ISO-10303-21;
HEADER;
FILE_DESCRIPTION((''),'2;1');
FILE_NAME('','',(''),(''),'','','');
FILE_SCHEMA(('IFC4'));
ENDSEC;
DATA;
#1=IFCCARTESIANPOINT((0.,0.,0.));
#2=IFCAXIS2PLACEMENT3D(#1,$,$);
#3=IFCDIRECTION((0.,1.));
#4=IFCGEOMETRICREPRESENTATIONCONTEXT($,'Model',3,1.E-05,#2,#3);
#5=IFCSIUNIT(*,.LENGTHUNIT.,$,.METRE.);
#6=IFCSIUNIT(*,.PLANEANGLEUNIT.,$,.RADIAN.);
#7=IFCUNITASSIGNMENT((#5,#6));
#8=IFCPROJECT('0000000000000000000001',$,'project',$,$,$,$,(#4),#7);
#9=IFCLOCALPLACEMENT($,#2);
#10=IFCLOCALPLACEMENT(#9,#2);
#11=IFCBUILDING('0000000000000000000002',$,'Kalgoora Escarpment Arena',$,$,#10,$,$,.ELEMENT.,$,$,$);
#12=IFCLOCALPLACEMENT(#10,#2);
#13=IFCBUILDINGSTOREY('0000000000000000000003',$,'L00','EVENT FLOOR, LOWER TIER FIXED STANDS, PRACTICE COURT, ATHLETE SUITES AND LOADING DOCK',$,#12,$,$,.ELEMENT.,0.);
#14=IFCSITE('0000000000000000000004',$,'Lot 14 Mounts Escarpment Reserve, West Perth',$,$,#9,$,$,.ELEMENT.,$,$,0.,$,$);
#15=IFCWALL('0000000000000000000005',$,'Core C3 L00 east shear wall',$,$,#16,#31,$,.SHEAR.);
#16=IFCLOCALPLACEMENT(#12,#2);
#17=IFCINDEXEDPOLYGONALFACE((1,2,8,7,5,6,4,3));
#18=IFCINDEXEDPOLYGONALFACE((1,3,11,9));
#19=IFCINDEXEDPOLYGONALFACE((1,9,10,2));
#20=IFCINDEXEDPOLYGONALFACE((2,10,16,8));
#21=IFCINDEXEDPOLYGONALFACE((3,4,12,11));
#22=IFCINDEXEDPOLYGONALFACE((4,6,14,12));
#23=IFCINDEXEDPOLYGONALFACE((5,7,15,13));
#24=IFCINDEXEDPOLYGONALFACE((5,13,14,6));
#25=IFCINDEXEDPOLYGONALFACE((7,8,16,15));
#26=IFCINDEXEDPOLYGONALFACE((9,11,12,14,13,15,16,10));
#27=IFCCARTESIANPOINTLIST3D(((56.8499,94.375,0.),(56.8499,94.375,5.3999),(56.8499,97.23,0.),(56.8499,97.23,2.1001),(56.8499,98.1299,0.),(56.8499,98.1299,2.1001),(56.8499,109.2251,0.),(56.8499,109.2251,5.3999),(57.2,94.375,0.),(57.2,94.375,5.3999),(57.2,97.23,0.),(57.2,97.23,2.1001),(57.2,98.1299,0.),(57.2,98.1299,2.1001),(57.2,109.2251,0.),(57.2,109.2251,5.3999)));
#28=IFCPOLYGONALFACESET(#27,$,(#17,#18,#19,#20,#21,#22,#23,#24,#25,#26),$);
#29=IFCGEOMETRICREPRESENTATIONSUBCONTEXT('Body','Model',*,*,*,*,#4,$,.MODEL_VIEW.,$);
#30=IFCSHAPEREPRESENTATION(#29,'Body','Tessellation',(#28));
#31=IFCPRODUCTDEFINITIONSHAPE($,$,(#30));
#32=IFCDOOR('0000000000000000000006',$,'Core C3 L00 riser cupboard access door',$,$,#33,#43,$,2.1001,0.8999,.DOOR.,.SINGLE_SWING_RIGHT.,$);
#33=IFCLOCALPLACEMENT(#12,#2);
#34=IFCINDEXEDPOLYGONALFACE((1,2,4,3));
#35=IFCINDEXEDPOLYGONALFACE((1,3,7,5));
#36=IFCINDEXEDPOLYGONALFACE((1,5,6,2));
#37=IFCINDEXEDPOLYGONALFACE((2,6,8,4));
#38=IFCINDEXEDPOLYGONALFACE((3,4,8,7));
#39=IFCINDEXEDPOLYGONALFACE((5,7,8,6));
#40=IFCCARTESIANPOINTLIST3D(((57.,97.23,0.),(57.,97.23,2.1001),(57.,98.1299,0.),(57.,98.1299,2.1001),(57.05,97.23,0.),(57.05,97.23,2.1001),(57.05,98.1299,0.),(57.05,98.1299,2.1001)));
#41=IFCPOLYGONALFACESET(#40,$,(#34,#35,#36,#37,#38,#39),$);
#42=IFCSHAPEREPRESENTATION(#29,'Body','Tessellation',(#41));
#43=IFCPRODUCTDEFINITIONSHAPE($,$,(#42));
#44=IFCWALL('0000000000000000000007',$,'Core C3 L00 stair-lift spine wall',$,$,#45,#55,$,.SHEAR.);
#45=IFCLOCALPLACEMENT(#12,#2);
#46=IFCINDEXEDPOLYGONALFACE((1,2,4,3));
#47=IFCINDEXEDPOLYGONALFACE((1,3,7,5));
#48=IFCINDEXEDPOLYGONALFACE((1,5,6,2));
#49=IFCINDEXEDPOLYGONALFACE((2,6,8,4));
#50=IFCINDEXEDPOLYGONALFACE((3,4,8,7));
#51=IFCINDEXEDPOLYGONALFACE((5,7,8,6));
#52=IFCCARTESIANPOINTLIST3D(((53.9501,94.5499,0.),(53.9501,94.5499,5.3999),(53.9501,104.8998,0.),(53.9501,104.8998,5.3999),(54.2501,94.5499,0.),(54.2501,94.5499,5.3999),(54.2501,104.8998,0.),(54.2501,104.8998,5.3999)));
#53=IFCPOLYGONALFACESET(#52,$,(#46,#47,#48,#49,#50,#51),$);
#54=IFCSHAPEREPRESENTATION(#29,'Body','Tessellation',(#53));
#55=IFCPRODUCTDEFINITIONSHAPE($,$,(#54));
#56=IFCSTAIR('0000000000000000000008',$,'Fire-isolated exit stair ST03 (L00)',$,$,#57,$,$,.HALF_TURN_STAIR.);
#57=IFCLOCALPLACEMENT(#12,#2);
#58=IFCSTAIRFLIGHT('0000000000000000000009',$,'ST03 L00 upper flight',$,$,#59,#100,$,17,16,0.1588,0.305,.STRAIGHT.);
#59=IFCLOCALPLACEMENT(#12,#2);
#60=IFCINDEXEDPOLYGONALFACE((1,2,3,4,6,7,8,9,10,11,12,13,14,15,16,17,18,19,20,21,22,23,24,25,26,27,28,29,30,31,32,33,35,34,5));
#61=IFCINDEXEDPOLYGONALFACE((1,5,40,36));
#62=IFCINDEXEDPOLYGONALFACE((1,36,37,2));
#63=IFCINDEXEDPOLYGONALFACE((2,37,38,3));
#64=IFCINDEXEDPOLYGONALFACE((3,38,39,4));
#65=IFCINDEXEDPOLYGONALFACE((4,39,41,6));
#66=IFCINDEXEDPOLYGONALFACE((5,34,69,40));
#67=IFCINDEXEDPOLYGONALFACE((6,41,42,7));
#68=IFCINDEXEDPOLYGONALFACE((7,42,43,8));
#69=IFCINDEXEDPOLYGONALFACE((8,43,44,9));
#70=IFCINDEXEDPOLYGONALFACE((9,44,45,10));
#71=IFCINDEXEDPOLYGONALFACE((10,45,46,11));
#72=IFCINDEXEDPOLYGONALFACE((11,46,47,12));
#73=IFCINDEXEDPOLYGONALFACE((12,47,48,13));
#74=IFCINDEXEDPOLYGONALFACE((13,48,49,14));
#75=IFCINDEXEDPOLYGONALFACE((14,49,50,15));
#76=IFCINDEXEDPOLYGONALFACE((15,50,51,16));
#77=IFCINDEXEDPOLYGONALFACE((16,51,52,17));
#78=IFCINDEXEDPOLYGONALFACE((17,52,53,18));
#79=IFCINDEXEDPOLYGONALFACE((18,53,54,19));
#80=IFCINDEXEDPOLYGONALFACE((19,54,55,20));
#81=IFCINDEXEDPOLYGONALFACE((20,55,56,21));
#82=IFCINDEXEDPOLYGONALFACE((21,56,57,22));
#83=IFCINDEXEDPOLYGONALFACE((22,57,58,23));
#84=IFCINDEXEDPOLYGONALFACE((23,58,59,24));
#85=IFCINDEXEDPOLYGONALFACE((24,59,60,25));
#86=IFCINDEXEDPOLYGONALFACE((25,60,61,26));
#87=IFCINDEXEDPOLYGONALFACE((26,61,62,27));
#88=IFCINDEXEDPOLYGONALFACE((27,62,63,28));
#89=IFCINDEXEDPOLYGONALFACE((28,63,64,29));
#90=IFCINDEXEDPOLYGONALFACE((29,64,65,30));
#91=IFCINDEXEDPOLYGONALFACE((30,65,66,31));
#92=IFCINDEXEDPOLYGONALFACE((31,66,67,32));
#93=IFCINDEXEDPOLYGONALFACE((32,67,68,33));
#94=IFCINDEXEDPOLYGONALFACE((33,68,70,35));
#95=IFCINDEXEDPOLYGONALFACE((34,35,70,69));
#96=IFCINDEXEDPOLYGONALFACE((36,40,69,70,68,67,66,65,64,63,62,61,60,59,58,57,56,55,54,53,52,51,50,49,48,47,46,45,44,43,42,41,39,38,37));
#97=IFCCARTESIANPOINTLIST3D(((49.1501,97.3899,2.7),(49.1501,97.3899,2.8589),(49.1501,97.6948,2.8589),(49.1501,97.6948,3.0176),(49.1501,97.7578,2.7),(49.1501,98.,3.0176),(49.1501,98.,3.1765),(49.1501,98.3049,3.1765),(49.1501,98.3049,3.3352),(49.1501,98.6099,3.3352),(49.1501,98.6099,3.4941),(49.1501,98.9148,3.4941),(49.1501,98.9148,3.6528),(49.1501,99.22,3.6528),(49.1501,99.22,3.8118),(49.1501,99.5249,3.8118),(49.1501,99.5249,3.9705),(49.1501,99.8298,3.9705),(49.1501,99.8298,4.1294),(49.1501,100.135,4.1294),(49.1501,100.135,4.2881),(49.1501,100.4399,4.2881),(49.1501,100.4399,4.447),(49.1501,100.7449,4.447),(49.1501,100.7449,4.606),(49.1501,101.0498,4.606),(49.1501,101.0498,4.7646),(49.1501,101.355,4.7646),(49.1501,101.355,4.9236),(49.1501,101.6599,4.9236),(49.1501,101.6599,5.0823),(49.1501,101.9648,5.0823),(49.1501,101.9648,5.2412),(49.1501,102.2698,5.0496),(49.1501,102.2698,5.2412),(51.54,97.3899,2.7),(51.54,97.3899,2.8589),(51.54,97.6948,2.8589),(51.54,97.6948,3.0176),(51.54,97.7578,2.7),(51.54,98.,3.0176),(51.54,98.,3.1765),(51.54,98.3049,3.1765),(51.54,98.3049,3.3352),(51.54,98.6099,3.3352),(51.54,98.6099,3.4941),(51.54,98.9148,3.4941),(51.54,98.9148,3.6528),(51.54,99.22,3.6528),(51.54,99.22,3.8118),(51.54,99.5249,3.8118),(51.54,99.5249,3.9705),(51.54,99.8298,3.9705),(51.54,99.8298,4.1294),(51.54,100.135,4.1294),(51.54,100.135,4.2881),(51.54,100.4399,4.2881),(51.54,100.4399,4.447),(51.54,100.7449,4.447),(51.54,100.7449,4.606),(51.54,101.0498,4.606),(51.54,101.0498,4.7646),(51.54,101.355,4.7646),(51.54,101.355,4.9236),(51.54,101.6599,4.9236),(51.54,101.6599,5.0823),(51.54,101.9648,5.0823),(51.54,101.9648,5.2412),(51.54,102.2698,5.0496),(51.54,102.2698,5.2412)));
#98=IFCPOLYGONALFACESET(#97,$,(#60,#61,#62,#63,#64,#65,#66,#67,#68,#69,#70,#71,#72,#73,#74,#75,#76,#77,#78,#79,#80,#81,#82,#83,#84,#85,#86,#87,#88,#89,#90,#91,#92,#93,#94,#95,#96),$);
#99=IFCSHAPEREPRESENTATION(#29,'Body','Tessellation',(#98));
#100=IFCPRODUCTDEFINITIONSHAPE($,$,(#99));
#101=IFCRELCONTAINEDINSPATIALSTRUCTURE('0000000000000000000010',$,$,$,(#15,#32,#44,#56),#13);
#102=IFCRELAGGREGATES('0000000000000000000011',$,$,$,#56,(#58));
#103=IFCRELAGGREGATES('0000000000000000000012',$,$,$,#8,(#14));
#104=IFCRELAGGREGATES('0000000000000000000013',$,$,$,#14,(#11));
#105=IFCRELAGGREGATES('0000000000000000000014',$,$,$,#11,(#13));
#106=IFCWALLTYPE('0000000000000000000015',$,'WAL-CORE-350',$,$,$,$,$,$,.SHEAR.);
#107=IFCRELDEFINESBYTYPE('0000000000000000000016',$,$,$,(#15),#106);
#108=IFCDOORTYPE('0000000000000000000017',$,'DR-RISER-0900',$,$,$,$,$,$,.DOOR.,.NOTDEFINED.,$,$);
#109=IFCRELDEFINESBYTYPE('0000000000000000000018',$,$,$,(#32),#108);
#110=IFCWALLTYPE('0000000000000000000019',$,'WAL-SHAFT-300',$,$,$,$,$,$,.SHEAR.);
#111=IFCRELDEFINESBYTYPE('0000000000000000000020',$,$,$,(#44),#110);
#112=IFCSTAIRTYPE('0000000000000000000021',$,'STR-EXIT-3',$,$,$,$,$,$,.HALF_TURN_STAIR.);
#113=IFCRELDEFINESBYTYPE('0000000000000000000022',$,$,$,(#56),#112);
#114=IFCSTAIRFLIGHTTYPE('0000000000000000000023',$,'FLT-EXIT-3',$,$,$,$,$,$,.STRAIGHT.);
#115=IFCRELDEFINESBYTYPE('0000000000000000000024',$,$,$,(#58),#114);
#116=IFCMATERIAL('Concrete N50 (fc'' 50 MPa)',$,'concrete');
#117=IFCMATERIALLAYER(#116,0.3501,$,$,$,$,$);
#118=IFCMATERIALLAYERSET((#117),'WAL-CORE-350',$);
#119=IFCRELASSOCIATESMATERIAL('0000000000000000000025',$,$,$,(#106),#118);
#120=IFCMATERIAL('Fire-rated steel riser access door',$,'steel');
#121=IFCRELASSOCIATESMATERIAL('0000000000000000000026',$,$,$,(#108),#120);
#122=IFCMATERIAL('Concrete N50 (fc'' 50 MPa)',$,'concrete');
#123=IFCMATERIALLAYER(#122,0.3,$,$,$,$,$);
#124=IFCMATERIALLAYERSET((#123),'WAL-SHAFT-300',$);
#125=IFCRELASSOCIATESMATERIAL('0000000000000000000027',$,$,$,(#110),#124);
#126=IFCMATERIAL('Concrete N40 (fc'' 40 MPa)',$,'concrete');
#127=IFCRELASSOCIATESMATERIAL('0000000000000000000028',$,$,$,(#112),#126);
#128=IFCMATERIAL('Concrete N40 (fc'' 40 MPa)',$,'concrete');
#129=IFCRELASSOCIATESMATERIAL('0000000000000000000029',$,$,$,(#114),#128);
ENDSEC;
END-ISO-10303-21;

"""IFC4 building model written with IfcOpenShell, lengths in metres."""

from ifc_helpers import new_model, si_unit, direction, frame, frame_2d, origin, place, context, subcontext, project, spatial, polyline, rectangle, outline, extrude, material, layer, layer_set, type_object, element, fill, aggregate, save


model = new_model("IFC4")

# Units and contexts
model_context = context("Model", 3, precision=1e-05, world=origin(), true_north=direction((0.0, 1.0)))
body_context = subcontext(model_context, "Body", "Model", "MODEL_VIEW")
ifc_project = project(units=[si_unit("LENGTHUNIT", "METRE"), si_unit("PLANEANGLEUNIT", "RADIAN")], contexts=[model_context])

# Site, building, storey
site_placement = place(None, origin())
site = spatial("IfcSite", under=ifc_project, at=site_placement, Name="Lot 14 Mounts Escarpment Reserve, West Perth", CompositionType="ELEMENT", RefElevation=0.0)
building_placement = place(site_placement, origin())
building = spatial("IfcBuilding", under=site, at=building_placement, Name="Kalgoora Escarpment Arena", CompositionType="ELEMENT")
storey_placement = place(building_placement, origin())
storey = spatial("IfcBuildingStorey", under=building, at=storey_placement, Name="L00", Description="EVENT FLOOR, LOWER TIER FIXED STANDS, PRACTICE COURT, ATHLETE SUITES AND LOADING DOCK", CompositionType="ELEMENT", Elevation=0.0)

# Shared definitions
ifc_material_1 = material(Name="Concrete N50 (fc' 50 MPa)", Category="concrete")
ifc_layer_1 = layer(ifc_material_1, 0.3501)
ifc_layer_set_1 = layer_set([ifc_layer_1], Name="WAL-CORE-350")
wall_type_1 = type_object("IfcWallType", Name="WAL-CORE-350", PredefinedType="SHEAR", material=ifc_layer_set_1)

# Wall, opening, door
wall_1_placement = place(storey_placement, frame((57.0249, 94.375, 0.0), z_axis=(0.0, 0.0, 1.0), x_axis=(0.0, 1.0, 0.0)))
wall_1 = element("IfcWall", 1, at=wall_1_placement, inside=storey, type_object=wall_type_1, Name="Core C3 L00 east shear wall", PredefinedType="SHEAR", context=body_context, shape_type="SweptSolid", body=[
    extrude(rectangle(XDim=14.8501, YDim=0.3501, at=frame_2d((7.425, 0.0))), origin(), (0.0, 0.0, 1.0), 5.3999),
])
opening_placement = place(wall_1_placement, frame((2.855, 0.0, 0.0)))
opening = element("IfcOpeningElement", 2, at=opening_placement, cuts=wall_1, PredefinedType="OPENING", context=body_context, shape_type="SweptSolid", body=[
    extrude(rectangle(XDim=0.8999, YDim=2.1001, at=frame_2d((0.45, 1.05))), frame((0.0, 0.1851, 0.0), z_axis=(0.0, -1.0, 0.0), x_axis=(1.0, 0.0, 0.0)), (0.0, 0.0, 1.0), 0.3701),
])
ifc_material_2 = material(Name="Fire-rated steel riser access door", Category="steel")
door_type = type_object("IfcDoorType", Name="DR-RISER-0900", OperationType="NOTDEFINED", PredefinedType="DOOR", material=ifc_material_2)
door_placement = place(opening_placement, origin())
door = element("IfcDoor", 3, at=door_placement, inside=storey, type_object=door_type, Name="Core C3 L00 riser cupboard access door", OperationType="SINGLE_SWING_RIGHT", OverallHeight=2.1001, OverallWidth=0.8999, PredefinedType="DOOR", context=body_context, shape_type="SweptSolid", body=[
    extrude(rectangle(XDim=0.8999, YDim=2.1001, at=frame_2d((0.45, 1.05))), frame((0.0, 0.0249, 0.0), z_axis=(0.0, -1.0, 0.0), x_axis=(1.0, 0.0, 0.0)), (0.0, 0.0, 1.0), 0.05),
])
fill(opening, door)

# Wall
ifc_material_3 = material(Name="Concrete N50 (fc' 50 MPa)", Category="concrete")
ifc_layer_2 = layer(ifc_material_3, 0.3)
ifc_layer_set_2 = layer_set([ifc_layer_2], Name="WAL-SHAFT-300")
wall_type_2 = type_object("IfcWallType", Name="WAL-SHAFT-300", PredefinedType="SHEAR", material=ifc_layer_set_2)
wall_2_placement = place(storey_placement, frame((54.1001, 94.55, 0.0), z_axis=(0.0, 0.0, 1.0), x_axis=(0.0, 1.0, 0.0)))
element("IfcWall", 4, at=wall_2_placement, inside=storey, type_object=wall_type_2, Name="Core C3 L00 stair-lift spine wall", PredefinedType="SHEAR", context=body_context, shape_type="SweptSolid", body=[
    extrude(rectangle(XDim=10.3499, YDim=0.3, at=frame_2d((5.1748, 0.0))), origin(), (0.0, 0.0, 1.0), 5.3999),
])

# Stair, stair flight
ifc_material_4 = material(Name="Concrete N40 (fc' 40 MPa)", Category="concrete")
stair_type = type_object("IfcStairType", Name="STR-EXIT-3", PredefinedType="HALF_TURN_STAIR", material=ifc_material_4)
stair_placement = place(storey_placement, origin())
stair = element("IfcStair", 5, at=stair_placement, inside=storey, type_object=stair_type, Name="Fire-isolated exit stair ST03 (L00)", PredefinedType="HALF_TURN_STAIR")
ifc_material_5 = material(Name="Concrete N40 (fc' 40 MPa)", Category="concrete")
stair_flight_type = type_object("IfcStairFlightType", Name="FLT-EXIT-3", PredefinedType="STRAIGHT", material=ifc_material_5)
stair_flight_placement = place(storey_placement, frame((50.345, 97.3899, 2.7), z_axis=(0.0, 0.0, 1.0), x_axis=(0.0, 1.0, 0.0)))
stair_flight = element("IfcStairFlight", 6, at=stair_flight_placement, type_object=stair_flight_type, Name="ST03 L00 upper flight", NumberOfRisers=17, NumberOfTreads=16, PredefinedType="STRAIGHT", RiserHeight=0.1588, TreadLength=0.305, context=body_context, shape_type="SweptSolid", body=[
    extrude(outline(polyline([(0.0, 0.0), (0.0, 0.1589), (0.3049, 0.1589), (0.3049, 0.3176), (0.6101, 0.3176), (0.6101, 0.4766), (0.915, 0.4766), (0.915, 0.6353), (1.22, 0.6353), (1.22, 0.7942), (1.5249, 0.7942), (1.5249, 0.9529), (1.8301, 0.9529), (1.8301, 1.1118), (2.135, 1.1118), (2.135, 1.2705), (2.4399, 1.2705), (2.4399, 1.4294), (2.7451, 1.4294), (2.7451, 1.5881), (3.05, 1.5881), (3.05, 1.7471), (3.355, 1.7471), (3.355, 1.906), (3.6599, 1.906), (3.6599, 2.0647), (3.9651, 2.0647), (3.9651, 2.2236), (4.27, 2.2236), (4.27, 2.3823), (4.575, 2.3823), (4.575, 2.5413), (4.8799, 2.5413), (4.8799, 2.7), (4.8799, 2.3496), (0.3679, 0.0), (0.0, 0.0)])), frame((0.0, 1.1948, 0.0), z_axis=(0.0, -1.0, 0.0), x_axis=(1.0, 0.0, 0.0)), (0.0, 0.0, 1.0), 2.3899),
])
aggregate(stair, [stair_flight])

save(model, "model.ifc")
